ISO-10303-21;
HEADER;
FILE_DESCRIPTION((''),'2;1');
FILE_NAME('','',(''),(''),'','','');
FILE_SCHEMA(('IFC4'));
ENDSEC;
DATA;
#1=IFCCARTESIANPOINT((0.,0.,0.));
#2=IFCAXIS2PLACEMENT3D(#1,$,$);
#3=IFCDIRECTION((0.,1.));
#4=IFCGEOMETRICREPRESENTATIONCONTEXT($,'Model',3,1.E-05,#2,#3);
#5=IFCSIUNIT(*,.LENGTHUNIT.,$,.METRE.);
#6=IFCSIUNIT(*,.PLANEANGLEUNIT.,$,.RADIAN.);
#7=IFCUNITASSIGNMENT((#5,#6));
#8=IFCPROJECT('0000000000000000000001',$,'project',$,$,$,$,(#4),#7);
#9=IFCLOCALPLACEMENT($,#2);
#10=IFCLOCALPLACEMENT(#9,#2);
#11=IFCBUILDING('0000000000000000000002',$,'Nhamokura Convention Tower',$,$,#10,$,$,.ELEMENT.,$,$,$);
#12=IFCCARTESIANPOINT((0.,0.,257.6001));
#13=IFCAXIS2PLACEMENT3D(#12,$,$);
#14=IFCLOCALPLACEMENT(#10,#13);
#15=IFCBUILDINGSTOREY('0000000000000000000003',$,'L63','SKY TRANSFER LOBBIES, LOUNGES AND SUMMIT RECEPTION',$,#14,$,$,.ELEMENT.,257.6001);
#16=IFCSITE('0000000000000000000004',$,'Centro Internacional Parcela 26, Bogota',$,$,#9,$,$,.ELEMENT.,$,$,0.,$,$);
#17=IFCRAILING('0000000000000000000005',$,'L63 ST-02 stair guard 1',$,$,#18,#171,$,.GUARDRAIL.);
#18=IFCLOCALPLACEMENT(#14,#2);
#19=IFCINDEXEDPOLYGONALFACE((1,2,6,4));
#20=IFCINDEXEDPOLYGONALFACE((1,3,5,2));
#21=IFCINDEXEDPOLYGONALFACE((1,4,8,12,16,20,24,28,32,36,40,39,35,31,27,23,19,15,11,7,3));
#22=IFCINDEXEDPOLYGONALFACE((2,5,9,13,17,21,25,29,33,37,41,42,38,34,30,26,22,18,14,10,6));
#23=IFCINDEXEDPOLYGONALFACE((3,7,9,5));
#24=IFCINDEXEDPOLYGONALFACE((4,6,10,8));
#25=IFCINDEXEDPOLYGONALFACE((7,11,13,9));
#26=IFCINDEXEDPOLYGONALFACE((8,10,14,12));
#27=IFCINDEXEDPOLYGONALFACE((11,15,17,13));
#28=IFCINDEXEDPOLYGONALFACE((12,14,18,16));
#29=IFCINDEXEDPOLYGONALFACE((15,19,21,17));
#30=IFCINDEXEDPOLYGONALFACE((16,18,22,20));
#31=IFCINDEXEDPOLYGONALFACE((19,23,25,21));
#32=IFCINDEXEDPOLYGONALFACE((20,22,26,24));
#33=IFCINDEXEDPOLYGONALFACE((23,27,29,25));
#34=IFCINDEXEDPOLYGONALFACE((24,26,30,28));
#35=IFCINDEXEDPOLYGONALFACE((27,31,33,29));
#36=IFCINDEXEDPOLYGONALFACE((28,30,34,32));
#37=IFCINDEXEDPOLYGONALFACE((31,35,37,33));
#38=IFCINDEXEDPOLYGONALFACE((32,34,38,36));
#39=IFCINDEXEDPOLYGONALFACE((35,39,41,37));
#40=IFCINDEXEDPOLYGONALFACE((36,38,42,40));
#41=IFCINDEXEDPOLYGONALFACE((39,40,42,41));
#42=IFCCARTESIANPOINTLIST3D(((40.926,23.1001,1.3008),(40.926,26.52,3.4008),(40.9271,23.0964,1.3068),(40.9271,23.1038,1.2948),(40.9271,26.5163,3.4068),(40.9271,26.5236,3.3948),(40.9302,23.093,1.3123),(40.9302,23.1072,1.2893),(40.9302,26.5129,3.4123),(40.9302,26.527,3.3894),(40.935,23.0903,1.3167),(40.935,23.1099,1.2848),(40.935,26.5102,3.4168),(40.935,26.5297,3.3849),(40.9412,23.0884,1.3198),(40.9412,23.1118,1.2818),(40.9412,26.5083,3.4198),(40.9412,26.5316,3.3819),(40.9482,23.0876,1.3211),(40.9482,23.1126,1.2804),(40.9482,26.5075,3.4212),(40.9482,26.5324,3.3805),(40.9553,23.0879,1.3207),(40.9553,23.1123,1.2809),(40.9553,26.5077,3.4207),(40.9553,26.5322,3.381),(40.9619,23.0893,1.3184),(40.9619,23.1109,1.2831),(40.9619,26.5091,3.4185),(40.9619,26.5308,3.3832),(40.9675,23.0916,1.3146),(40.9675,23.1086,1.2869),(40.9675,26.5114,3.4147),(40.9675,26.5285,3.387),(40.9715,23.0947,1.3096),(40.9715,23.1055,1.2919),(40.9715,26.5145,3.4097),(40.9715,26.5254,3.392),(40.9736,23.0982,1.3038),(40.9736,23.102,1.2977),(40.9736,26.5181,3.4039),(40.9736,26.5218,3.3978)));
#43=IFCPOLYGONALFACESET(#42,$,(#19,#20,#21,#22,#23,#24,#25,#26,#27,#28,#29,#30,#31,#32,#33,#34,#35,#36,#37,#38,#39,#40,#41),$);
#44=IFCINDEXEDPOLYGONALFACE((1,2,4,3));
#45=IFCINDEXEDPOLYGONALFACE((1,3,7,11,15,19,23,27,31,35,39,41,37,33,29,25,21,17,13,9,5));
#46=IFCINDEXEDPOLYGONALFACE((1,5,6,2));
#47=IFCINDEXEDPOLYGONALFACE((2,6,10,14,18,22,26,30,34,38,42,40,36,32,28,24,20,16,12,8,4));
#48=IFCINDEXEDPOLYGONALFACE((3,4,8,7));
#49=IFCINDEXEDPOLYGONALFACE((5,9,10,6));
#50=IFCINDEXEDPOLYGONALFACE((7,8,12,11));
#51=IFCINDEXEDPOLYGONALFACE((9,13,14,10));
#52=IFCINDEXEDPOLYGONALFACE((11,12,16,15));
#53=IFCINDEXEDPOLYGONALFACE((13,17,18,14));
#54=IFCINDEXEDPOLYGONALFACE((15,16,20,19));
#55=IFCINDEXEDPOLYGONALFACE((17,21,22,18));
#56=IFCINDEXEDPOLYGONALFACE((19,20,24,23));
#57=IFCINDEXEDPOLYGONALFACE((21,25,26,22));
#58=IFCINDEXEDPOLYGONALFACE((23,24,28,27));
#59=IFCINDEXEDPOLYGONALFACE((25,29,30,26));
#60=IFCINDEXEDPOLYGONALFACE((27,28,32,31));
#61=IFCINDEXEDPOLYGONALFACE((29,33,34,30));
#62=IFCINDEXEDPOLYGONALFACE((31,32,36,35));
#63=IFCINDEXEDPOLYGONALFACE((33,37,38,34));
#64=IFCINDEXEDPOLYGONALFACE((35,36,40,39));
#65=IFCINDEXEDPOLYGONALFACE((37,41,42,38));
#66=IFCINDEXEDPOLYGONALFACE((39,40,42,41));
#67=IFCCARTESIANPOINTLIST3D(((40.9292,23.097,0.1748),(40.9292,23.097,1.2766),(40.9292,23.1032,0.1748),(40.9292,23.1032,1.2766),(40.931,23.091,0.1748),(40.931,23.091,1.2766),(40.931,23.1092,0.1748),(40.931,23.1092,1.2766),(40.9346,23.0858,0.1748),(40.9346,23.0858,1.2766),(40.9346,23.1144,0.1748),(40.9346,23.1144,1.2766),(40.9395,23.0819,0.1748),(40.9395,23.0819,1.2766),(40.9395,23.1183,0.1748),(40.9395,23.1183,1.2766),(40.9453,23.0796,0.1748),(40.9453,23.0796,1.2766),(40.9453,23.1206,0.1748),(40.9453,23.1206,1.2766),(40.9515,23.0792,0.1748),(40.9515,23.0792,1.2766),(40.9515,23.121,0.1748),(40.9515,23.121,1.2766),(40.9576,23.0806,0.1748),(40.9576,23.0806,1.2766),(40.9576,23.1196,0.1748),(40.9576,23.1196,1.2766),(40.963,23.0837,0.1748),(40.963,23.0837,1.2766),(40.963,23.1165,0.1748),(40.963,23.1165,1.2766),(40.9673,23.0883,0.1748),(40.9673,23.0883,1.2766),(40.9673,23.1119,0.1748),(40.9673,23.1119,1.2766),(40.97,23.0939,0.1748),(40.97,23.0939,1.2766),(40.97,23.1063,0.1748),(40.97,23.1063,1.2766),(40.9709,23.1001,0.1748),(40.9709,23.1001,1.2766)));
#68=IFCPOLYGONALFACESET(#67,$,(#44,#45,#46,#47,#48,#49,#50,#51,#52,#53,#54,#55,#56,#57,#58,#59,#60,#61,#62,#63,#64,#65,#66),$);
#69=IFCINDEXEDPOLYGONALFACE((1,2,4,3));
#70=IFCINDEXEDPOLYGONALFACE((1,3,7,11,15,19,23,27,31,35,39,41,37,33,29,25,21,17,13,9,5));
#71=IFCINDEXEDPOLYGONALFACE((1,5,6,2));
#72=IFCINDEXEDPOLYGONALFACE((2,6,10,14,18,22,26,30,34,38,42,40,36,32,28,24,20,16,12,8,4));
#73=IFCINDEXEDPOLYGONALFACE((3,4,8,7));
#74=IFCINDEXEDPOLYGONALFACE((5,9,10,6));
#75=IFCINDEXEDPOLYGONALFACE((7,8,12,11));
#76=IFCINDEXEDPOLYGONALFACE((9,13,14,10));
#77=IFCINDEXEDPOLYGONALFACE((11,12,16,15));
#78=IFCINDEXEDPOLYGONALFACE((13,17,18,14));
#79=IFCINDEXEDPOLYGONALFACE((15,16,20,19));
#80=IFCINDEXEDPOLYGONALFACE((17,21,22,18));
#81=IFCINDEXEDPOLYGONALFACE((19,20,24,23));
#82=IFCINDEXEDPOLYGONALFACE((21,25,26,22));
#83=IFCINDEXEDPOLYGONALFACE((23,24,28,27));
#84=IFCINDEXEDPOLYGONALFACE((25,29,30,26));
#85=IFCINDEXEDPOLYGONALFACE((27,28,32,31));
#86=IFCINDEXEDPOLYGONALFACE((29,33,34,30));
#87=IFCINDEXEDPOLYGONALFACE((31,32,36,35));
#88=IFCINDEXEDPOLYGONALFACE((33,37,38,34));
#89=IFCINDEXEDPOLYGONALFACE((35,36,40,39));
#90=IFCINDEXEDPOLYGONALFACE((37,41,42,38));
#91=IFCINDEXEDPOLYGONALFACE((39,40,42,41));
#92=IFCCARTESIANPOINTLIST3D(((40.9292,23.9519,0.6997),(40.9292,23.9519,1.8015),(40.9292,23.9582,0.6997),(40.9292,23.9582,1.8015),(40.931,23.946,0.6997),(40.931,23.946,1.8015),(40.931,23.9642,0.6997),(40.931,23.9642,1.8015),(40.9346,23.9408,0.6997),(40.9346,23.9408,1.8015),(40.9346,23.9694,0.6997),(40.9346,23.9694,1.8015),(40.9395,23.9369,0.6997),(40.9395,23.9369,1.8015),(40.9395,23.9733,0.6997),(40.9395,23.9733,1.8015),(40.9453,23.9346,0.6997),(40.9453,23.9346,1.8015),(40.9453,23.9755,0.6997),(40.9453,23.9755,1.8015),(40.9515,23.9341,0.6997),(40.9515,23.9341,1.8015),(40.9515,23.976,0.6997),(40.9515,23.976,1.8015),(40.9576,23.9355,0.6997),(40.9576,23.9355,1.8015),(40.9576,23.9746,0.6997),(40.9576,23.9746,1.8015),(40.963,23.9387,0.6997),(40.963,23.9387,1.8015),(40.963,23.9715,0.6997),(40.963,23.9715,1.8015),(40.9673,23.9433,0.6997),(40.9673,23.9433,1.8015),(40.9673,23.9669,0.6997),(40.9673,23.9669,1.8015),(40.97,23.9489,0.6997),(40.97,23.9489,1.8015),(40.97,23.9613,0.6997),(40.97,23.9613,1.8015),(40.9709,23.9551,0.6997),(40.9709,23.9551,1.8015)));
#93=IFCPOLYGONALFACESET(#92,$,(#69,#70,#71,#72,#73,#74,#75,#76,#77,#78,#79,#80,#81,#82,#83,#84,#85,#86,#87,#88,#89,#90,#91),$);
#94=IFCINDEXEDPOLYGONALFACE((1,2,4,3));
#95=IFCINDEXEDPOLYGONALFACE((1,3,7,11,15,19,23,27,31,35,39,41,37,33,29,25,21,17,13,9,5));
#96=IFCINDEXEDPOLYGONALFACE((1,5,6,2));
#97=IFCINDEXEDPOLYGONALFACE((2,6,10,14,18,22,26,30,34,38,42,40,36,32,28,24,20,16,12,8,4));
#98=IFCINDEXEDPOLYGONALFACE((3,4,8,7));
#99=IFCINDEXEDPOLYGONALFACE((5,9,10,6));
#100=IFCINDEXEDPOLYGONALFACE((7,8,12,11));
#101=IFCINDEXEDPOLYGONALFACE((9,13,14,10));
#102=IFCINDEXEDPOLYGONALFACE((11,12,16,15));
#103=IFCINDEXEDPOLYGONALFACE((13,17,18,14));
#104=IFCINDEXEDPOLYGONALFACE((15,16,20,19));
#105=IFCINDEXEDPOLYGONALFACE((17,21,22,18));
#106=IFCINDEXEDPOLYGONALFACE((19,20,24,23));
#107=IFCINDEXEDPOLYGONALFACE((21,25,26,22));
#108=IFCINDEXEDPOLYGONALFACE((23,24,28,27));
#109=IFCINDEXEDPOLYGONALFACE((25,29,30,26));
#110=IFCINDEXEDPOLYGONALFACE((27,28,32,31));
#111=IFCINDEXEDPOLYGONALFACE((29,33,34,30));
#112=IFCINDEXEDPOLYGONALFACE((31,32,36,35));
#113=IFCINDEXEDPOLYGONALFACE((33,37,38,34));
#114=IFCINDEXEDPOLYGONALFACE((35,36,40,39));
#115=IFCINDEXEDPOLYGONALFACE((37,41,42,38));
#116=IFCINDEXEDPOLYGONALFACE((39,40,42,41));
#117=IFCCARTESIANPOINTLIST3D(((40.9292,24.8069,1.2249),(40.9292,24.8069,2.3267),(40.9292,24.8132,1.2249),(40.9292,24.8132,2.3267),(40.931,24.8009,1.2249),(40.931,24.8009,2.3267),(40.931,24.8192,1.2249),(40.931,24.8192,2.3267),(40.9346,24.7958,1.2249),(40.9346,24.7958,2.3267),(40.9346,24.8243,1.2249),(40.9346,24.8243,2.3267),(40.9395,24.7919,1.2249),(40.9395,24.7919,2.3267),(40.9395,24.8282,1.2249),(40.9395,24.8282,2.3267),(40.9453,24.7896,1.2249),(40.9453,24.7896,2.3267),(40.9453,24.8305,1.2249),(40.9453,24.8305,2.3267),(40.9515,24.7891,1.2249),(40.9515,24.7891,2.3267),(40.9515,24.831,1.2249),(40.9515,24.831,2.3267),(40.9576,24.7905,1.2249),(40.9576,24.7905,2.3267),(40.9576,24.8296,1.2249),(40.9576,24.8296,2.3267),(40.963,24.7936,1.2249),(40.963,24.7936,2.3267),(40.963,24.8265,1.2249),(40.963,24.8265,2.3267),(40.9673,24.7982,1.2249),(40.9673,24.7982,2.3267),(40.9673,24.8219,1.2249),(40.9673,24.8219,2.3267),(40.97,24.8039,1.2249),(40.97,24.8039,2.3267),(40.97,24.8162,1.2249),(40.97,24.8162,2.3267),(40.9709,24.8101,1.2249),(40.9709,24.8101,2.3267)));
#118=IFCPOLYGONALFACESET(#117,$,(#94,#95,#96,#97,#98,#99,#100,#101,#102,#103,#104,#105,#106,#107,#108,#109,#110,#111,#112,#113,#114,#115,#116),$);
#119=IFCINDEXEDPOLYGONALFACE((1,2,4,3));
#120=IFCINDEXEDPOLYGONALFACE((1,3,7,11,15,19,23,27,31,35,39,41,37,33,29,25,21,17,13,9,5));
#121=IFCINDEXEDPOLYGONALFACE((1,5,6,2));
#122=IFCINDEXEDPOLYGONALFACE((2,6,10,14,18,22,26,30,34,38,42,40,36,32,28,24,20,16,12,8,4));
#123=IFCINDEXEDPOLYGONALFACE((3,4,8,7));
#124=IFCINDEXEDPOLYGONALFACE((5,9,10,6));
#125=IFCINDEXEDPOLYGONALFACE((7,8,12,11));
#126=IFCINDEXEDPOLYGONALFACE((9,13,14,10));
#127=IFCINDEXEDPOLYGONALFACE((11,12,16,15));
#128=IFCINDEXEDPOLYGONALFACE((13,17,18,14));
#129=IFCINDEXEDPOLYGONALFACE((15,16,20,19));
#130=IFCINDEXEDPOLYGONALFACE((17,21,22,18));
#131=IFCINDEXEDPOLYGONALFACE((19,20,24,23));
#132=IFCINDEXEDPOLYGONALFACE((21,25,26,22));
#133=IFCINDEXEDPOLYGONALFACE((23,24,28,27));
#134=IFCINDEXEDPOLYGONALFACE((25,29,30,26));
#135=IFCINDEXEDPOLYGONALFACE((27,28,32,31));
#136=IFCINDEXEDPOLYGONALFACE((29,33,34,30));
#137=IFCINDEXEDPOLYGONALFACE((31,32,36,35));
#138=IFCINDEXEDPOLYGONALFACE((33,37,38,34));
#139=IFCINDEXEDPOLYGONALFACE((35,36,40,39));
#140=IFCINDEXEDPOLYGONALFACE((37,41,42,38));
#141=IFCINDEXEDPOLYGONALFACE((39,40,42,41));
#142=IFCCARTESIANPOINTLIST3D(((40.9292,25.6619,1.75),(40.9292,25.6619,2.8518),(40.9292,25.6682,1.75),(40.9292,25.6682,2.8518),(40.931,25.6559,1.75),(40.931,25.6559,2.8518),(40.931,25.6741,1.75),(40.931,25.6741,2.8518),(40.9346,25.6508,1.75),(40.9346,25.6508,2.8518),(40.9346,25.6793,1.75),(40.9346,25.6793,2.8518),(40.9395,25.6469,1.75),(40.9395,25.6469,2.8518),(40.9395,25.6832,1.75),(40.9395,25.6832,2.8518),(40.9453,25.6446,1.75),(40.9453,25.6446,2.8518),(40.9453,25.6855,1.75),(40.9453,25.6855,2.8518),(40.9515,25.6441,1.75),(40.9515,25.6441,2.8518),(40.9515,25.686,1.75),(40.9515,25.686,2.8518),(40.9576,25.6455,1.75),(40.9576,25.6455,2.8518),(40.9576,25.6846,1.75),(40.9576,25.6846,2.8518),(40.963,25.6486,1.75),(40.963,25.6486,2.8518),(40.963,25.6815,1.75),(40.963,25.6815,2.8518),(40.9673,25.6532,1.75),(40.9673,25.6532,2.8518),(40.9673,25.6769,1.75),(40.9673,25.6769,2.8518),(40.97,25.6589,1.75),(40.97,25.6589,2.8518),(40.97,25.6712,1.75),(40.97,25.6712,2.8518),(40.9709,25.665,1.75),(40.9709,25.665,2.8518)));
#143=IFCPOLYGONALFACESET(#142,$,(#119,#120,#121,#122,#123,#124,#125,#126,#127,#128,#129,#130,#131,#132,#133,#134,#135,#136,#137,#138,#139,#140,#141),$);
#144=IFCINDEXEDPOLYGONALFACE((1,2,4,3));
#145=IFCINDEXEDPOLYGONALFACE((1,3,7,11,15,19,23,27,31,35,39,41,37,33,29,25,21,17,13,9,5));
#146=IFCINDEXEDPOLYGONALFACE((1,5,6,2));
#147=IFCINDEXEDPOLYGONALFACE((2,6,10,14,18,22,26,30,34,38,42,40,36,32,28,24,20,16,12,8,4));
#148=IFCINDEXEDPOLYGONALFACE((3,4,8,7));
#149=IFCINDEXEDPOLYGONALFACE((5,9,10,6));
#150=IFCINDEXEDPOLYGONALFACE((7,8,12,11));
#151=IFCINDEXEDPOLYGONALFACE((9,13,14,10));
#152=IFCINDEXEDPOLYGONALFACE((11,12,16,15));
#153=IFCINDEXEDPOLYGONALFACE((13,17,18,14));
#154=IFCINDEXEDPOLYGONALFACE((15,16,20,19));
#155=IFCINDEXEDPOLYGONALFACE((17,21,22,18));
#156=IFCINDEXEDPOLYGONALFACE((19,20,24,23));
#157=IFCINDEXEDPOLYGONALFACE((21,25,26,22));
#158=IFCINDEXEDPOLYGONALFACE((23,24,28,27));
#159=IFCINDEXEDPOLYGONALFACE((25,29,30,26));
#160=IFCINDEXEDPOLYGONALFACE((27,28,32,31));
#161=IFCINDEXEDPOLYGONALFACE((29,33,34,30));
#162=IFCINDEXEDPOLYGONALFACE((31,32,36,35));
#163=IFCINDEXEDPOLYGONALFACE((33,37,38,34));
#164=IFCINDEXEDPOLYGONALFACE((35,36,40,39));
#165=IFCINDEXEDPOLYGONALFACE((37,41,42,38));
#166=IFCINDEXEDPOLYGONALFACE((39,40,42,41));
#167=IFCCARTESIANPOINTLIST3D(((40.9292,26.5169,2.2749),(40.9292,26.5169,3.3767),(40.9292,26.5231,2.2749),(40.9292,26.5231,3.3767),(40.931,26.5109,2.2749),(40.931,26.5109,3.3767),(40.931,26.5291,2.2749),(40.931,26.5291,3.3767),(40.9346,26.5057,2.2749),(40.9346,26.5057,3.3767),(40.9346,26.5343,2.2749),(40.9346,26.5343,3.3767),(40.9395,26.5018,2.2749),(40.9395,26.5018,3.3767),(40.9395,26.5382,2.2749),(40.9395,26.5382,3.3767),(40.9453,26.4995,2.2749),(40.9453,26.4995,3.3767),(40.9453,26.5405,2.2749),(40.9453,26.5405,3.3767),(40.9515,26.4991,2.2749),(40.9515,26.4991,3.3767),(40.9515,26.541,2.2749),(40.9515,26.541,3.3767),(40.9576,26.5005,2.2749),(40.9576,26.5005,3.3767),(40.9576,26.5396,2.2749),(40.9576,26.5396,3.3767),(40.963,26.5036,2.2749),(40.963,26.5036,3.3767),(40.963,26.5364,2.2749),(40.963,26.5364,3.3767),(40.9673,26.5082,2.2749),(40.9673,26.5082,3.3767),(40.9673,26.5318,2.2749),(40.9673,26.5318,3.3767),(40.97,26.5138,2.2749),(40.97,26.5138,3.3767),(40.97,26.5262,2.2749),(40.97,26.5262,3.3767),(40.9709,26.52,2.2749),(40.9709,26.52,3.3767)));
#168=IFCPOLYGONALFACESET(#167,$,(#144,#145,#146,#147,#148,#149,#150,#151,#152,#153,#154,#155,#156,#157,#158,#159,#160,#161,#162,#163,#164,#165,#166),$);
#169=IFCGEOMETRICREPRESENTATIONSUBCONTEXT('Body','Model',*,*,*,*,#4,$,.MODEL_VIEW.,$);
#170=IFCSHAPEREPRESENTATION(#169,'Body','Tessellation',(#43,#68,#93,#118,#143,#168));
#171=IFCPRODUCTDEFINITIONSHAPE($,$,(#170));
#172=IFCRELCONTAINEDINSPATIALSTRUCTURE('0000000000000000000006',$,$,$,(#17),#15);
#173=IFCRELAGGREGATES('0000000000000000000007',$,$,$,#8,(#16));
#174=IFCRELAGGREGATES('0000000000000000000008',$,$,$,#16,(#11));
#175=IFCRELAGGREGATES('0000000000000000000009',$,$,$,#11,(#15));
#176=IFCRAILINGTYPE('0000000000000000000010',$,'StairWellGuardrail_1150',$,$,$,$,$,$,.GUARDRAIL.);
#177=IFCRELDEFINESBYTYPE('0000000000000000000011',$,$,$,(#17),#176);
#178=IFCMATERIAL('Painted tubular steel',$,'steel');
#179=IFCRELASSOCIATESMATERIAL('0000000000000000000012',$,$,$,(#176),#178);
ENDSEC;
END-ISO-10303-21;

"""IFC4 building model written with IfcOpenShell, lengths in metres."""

from ifc_helpers import new_model, si_unit, direction, frame, origin, origin_2d, place, context, subcontext, project, spatial, circle, extrude, material, type_object, element, save


model = new_model("IFC4")

# Units and contexts
model_context = context("Model", 3, precision=1e-05, world=origin(), true_north=direction((0.0, 1.0)))
body_context = subcontext(model_context, "Body", "Model", "MODEL_VIEW")
ifc_project = project(units=[si_unit("LENGTHUNIT", "METRE"), si_unit("PLANEANGLEUNIT", "RADIAN")], contexts=[model_context])

# Site, building, storey
site_placement = place(None, origin())
site = spatial("IfcSite", under=ifc_project, at=site_placement, Name="Centro Internacional Parcela 26, Bogota", CompositionType="ELEMENT", RefElevation=0.0)
building_placement = place(site_placement, origin())
building = spatial("IfcBuilding", under=site, at=building_placement, Name="Nhamokura Convention Tower", CompositionType="ELEMENT")
storey_placement = place(building_placement, frame((0.0, 0.0, 257.6001)))
storey = spatial("IfcBuildingStorey", under=building, at=storey_placement, Name="L63", Description="SKY TRANSFER LOBBIES, LOUNGES AND SUMMIT RECEPTION", CompositionType="ELEMENT", Elevation=257.6001)

# Railing
ifc_material_1 = material(Name="Painted tubular steel", Category="steel")
railing_type_1 = type_object("IfcRailingType", Name="StairWellGuardrail_1150", PredefinedType="GUARDRAIL", material=ifc_material_1)
railing_1_placement = place(storey_placement, frame((40.95, 23.1001, 0.1748)))
element("IfcRailing", 1, at=railing_1_placement, inside=storey, type_object=railing_type_1, Name="L63 ST-02 stair guard 1", PredefinedType="GUARDRAIL", context=body_context, shape_type="SweptSolid", body=[
    extrude(circle(Radius=0.0239, at=origin_2d()), frame((0.0, 0.0, 1.126), z_axis=(0.0, 0.852155, 0.523289), x_axis=(-1.0, 0.0, 0.0)), (0.0, 0.0, 1.0), 4.0132),
    extrude(circle(Radius=0.021, at=origin_2d()), origin(), (0.0, 0.0, 1.0), 1.1018),
    extrude(circle(Radius=0.021, at=origin_2d()), frame((0.0, 0.855, 0.5249)), (0.0, 0.0, 1.0), 1.1018),
    extrude(circle(Radius=0.021, at=origin_2d()), frame((0.0, 1.71, 1.05)), (0.0, 0.0, 1.0), 1.1018),
    extrude(circle(Radius=0.021, at=origin_2d()), frame((0.0, 2.5649, 1.5752)), (0.0, 0.0, 1.0), 1.1018),
    extrude(circle(Radius=0.021, at=origin_2d()), frame((0.0, 3.4199, 2.1001)), (0.0, 0.0, 1.0), 1.1018),
])

save(model, "model.ifc")
